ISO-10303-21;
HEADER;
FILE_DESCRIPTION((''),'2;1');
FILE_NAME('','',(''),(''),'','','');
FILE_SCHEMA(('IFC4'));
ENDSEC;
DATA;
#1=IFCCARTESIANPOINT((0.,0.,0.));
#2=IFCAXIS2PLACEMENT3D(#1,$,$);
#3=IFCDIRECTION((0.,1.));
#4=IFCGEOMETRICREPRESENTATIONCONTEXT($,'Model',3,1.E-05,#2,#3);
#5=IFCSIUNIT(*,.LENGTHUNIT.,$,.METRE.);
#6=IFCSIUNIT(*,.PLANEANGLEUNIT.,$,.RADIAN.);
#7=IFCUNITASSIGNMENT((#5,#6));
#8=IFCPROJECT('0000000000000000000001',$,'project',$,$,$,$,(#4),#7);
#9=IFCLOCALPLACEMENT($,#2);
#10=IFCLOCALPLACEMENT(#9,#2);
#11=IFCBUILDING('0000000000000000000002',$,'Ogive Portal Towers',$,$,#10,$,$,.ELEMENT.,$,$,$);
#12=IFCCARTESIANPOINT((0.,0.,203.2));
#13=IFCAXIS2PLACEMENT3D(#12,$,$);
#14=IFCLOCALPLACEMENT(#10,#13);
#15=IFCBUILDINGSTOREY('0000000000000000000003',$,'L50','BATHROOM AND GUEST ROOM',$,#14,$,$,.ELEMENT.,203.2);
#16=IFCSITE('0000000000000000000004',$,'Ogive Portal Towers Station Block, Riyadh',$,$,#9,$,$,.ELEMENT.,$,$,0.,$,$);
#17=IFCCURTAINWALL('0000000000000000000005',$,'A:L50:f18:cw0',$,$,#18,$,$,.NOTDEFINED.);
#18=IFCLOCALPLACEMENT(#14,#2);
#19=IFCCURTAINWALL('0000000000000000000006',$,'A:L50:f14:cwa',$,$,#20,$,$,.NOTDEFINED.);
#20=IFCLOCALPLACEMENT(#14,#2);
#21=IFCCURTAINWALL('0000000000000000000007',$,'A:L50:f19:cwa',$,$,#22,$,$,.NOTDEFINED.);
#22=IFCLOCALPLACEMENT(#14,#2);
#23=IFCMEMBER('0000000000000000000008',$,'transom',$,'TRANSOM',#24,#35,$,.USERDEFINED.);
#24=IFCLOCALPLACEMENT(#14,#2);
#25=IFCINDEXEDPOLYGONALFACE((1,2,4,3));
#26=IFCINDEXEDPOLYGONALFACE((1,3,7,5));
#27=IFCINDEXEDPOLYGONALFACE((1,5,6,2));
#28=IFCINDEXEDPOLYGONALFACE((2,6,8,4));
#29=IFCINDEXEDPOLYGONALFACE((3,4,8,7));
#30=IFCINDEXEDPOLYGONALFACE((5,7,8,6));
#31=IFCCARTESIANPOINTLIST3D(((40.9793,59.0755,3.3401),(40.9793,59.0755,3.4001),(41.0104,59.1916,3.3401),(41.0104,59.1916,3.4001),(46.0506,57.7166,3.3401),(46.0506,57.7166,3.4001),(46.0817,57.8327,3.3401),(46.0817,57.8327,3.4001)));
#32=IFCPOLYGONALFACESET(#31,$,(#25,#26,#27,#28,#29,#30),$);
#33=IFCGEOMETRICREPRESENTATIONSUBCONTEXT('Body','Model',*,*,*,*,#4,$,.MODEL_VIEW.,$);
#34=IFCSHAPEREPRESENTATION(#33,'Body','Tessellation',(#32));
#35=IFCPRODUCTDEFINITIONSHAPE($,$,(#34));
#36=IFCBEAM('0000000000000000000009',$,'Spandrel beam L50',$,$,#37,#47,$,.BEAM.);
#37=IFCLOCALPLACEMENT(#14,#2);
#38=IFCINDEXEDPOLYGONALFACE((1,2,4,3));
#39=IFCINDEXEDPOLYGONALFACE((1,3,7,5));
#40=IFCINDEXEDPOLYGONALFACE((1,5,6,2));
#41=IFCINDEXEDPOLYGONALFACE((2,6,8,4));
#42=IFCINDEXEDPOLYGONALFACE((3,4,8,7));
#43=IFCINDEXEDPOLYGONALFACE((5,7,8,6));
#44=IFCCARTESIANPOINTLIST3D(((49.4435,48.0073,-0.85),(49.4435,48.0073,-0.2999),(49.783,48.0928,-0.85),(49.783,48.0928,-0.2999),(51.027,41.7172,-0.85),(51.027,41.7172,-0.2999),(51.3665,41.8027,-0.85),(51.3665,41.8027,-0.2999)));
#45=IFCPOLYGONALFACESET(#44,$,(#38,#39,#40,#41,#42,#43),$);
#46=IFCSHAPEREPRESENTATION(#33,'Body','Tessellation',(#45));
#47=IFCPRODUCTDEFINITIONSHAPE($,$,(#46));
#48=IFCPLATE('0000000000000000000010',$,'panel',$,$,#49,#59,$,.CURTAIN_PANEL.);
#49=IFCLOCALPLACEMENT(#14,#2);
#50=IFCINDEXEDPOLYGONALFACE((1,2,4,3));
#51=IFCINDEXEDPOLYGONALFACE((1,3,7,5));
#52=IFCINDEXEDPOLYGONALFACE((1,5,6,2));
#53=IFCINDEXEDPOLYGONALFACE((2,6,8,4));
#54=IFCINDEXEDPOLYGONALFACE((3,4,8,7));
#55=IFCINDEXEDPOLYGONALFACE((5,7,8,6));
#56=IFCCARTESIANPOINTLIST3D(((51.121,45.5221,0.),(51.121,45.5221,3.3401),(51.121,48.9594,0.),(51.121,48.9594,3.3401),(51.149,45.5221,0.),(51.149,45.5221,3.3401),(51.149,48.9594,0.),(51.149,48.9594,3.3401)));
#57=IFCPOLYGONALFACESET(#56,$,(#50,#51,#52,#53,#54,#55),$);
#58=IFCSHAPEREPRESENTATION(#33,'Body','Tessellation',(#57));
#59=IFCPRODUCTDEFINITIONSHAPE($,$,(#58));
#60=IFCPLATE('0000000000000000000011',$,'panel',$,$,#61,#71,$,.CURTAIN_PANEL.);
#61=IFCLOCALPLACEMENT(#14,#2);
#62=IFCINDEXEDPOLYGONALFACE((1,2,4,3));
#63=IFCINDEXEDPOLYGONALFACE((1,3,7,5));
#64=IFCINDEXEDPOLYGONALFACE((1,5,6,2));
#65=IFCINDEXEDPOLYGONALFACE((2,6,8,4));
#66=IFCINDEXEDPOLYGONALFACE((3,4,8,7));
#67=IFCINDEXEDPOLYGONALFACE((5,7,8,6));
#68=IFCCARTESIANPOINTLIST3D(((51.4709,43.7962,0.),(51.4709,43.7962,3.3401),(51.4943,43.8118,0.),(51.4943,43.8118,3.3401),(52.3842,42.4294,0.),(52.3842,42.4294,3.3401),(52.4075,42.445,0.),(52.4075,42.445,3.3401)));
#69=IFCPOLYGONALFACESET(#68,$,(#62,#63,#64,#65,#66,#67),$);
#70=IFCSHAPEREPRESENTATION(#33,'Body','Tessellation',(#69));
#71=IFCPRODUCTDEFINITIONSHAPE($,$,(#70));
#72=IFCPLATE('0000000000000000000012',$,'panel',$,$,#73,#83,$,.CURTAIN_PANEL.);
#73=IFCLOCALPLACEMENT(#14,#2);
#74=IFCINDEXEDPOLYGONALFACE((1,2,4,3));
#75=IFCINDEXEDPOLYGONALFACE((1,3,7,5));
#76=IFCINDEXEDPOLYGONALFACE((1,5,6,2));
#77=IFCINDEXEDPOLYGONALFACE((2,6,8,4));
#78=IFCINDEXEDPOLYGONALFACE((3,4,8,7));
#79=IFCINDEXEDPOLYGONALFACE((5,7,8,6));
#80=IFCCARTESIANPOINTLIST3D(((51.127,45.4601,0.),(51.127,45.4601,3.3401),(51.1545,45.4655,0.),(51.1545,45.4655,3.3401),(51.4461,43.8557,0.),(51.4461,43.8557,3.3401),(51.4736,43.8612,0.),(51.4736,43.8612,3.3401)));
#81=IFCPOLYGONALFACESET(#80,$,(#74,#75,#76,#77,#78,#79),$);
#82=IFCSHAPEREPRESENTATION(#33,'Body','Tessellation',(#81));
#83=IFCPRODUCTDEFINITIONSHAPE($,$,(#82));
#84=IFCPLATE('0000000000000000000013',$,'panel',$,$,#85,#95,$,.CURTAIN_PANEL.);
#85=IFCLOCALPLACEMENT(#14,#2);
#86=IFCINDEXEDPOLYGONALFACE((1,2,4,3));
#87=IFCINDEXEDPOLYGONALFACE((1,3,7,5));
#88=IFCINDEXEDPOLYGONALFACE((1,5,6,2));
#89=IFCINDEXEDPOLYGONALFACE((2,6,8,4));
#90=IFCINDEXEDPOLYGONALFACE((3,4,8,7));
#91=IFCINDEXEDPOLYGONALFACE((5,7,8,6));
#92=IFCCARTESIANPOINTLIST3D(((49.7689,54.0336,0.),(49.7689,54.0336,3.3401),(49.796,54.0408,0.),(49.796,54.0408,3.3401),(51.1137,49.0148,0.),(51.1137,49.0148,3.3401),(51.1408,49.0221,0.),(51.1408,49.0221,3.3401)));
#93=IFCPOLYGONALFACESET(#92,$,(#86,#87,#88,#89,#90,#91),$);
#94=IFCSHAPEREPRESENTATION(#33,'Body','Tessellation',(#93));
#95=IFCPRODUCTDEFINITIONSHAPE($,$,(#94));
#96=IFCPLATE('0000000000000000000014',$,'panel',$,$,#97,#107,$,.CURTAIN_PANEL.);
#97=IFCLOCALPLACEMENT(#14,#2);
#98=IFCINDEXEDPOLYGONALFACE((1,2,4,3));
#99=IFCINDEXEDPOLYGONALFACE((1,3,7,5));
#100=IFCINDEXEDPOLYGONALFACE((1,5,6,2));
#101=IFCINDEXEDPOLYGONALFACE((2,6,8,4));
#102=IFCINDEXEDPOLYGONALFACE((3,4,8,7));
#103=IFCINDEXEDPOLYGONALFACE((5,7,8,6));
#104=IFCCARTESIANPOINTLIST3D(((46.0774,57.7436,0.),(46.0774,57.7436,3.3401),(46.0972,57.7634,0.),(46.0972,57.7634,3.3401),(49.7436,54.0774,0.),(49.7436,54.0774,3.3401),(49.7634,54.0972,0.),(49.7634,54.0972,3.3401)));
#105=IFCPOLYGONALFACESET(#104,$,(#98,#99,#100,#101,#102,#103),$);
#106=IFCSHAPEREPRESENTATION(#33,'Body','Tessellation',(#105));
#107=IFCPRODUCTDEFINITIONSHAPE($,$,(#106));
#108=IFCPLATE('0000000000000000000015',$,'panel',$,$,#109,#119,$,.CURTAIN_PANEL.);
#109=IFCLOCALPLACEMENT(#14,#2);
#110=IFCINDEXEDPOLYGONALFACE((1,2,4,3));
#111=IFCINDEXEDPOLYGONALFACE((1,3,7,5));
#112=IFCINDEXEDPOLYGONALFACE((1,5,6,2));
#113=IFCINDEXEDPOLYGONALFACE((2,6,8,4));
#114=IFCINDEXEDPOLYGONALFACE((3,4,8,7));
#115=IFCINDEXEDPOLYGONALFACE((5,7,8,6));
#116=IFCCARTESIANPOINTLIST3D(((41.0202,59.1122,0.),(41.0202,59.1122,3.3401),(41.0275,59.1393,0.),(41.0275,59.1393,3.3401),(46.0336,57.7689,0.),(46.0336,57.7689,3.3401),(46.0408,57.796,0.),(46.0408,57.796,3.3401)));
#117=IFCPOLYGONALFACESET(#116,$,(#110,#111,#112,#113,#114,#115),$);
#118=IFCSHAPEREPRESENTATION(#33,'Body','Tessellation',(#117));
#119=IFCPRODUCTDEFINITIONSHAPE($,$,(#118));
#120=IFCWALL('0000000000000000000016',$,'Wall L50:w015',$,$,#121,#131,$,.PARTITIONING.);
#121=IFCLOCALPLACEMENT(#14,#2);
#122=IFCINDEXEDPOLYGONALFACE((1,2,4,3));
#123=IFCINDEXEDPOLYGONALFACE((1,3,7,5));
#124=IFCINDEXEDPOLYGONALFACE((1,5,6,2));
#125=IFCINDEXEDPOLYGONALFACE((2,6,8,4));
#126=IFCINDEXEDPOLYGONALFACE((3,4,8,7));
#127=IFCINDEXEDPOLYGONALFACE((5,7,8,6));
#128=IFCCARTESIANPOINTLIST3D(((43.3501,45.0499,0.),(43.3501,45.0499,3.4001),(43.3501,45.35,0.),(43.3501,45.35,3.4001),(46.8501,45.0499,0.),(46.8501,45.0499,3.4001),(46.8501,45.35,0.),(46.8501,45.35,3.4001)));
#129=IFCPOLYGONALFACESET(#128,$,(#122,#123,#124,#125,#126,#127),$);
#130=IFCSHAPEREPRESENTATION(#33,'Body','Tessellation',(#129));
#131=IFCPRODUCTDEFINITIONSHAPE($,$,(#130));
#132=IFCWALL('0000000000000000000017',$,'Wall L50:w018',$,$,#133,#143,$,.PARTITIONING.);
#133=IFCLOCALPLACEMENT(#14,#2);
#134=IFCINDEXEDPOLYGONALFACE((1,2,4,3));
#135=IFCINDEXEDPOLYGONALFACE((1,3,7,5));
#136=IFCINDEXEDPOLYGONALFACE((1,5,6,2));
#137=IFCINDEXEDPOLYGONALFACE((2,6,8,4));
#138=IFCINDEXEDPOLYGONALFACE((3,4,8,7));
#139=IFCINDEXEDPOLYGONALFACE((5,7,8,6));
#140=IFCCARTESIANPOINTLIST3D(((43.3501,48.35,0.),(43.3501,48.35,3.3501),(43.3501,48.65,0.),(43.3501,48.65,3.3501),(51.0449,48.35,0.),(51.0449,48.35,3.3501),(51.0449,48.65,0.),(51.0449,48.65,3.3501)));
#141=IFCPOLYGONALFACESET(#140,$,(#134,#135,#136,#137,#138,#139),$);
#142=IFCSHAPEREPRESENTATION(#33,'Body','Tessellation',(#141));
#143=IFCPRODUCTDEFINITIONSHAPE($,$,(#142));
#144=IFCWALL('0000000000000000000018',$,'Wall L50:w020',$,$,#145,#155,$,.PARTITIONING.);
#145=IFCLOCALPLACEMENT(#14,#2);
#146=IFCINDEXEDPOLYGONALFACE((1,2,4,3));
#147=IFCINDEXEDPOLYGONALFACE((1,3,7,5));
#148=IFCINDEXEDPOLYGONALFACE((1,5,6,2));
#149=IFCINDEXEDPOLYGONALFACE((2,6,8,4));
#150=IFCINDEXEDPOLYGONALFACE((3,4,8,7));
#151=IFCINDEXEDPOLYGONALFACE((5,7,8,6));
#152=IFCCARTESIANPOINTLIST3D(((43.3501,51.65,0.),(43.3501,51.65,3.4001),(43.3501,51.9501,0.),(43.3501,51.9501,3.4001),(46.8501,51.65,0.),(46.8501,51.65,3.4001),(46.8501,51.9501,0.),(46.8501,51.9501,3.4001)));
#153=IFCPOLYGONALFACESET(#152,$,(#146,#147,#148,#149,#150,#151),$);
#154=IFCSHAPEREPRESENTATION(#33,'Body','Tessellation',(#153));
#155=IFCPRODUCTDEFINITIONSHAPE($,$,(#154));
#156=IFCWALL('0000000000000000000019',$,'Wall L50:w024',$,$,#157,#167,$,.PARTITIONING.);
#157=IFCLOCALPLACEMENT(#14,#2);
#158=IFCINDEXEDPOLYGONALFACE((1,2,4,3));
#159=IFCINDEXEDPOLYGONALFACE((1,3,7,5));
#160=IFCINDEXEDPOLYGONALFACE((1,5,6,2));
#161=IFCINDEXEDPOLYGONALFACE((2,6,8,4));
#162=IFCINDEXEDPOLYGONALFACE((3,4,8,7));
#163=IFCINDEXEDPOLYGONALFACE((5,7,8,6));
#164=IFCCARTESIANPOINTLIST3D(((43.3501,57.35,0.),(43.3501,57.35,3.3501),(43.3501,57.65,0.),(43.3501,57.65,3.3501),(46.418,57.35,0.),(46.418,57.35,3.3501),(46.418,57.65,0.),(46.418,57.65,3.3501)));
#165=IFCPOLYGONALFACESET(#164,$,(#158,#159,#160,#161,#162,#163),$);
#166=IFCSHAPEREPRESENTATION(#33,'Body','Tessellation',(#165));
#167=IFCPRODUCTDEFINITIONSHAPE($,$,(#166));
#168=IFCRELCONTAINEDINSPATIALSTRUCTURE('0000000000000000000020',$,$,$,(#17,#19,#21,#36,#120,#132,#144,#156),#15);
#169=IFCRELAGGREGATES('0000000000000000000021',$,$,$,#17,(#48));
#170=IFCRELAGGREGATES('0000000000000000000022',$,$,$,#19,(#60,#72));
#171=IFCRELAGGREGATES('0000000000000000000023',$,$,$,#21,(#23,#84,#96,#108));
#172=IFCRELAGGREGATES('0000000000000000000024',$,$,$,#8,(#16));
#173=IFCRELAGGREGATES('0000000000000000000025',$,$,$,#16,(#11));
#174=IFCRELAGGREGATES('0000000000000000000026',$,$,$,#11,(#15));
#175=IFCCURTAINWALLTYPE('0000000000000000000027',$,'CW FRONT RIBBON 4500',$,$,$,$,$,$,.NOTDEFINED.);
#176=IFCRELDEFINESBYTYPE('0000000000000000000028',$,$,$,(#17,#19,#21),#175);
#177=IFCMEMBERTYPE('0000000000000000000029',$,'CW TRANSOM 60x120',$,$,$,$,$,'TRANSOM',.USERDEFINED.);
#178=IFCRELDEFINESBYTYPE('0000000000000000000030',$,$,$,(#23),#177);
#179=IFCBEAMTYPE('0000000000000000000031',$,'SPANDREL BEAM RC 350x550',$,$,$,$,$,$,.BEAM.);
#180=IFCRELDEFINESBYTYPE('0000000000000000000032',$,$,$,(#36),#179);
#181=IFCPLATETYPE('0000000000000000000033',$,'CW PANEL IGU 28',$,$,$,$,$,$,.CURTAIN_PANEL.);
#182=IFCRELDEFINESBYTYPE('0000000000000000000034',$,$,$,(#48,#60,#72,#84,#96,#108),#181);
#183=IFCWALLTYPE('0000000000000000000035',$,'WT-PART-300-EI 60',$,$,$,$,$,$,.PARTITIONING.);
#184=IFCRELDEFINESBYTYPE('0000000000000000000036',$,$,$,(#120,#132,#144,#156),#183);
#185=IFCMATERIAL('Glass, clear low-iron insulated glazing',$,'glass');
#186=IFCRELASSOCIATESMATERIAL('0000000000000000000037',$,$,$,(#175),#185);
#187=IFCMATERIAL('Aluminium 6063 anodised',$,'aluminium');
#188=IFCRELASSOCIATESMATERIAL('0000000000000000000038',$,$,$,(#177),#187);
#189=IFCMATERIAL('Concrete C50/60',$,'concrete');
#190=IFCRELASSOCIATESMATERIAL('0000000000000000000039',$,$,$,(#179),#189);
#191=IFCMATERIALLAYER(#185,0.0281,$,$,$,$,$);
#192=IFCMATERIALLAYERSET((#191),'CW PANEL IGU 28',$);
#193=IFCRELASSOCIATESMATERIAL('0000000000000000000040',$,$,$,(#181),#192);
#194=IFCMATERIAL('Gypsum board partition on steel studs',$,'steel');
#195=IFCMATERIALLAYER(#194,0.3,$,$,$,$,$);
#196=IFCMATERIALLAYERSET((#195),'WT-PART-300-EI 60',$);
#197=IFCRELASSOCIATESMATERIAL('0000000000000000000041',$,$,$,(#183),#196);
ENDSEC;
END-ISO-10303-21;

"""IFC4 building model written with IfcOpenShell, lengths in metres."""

from ifc_helpers import new_model, si_unit, direction, frame, frame_2d, origin, origin_2d, place, context, subcontext, project, spatial, rectangle, extrude, material, layer, layer_set, material_profile, profile_set, type_object, element, aggregate, save


model = new_model("IFC4")

# Units and contexts
model_context = context("Model", 3, precision=1e-05, world=origin(), true_north=direction((0.0, 1.0)))
body_context = subcontext(model_context, "Body", "Model", "MODEL_VIEW")
ifc_project = project(units=[si_unit("LENGTHUNIT", "METRE"), si_unit("PLANEANGLEUNIT", "RADIAN")], contexts=[model_context])

# Site, building, storey
site_placement = place(None, origin())
site = spatial("IfcSite", under=ifc_project, at=site_placement, Name="Ogive Portal Towers Station Block, Riyadh", CompositionType="ELEMENT", RefElevation=0.0)
building_placement = place(site_placement, origin())
building = spatial("IfcBuilding", under=site, at=building_placement, Name="Ogive Portal Towers", CompositionType="ELEMENT")
storey_placement = place(building_placement, frame((0.0, 0.0, 203.2)))
storey = spatial("IfcBuildingStorey", under=building, at=storey_placement, Name="L50", Description="BATHROOM AND GUEST ROOM", CompositionType="ELEMENT", Elevation=203.2)

# Curtain walls
ifc_material_1 = material(Name="Glass, clear low-iron insulated glazing", Category="glass")
curtain_wall_type = type_object("IfcCurtainWallType", Name="CW FRONT RIBBON 4500", PredefinedType="NOTDEFINED", material=ifc_material_1)
curtain_wall_1_placement = place(storey_placement, origin())
curtain_wall_1 = element("IfcCurtainWall", 1, at=curtain_wall_1_placement, inside=storey, type_object=curtain_wall_type, Name="A:L50:f18:cw0", PredefinedType="NOTDEFINED")
ifc_material_2 = material(Name="Aluminium 6063 anodised", Category="aluminium")
curtain_wall_2_placement = place(storey_placement, origin())
curtain_wall_2 = element("IfcCurtainWall", 2, at=curtain_wall_2_placement, inside=storey, type_object=curtain_wall_type, Name="A:L50:f14:cwa", PredefinedType="NOTDEFINED")
curtain_wall_3_placement = place(storey_placement, origin())
curtain_wall_3 = element("IfcCurtainWall", 3, at=curtain_wall_3_placement, inside=storey, type_object=curtain_wall_type, Name="A:L50:f19:cwa", PredefinedType="NOTDEFINED")

# Member
ifc_material_profile_1 = material_profile(ifc_material_2, rectangle(XDim=0.1201, YDim=0.0601, at=origin_2d()), Name="AL 120x60")
ifc_profile_set_1 = profile_set([ifc_material_profile_1], Name="Aluminium 6063 anodised")
member_type_1 = type_object("IfcMemberType", Name="CW TRANSOM 60x120", ElementType="TRANSOM", PredefinedType="USERDEFINED", material=ifc_profile_set_1)
member_1_placement = place(storey_placement, frame((46.0662, 57.7747, 3.3701), z_axis=(-0.965924, 0.258826, 0.0), x_axis=(-0.258826, -0.965924, 0.0)))
member_1 = element("IfcMember", 4, at=member_1_placement, type_object=member_type_1, Name="transom", ObjectType="TRANSOM", PredefinedType="USERDEFINED", context=body_context, shape_type="SweptSolid", body=[
    extrude(rectangle(XDim=0.1201, YDim=0.0601, at=origin_2d()), origin(), (0.0, 0.0, 1.0), 5.2502),
])

# Beam
ifc_material_3 = material(Name="Concrete C50/60", Category="concrete")
ifc_material_profile_2 = material_profile(ifc_material_3, rectangle(XDim=0.3501, YDim=0.55, at=origin_2d()), Name="RC 350x550")
ifc_profile_set_2 = profile_set([ifc_material_profile_2], Name="Concrete C50/60")
beam_type = type_object("IfcBeamType", Name="SPANDREL BEAM RC 350x550", PredefinedType="BEAM", material=ifc_profile_set_2)
beam_placement = place(storey_placement, frame((49.6133, 48.05, -0.575), z_axis=(0.244129, -0.969743, 0.0), x_axis=(0.969743, 0.244129, 0.0)))
element("IfcBeam", 5, at=beam_placement, inside=storey, type_object=beam_type, Name="Spandrel beam L50", PredefinedType="BEAM", context=body_context, shape_type="SweptSolid", body=[
    extrude(rectangle(XDim=0.3501, YDim=0.55, at=origin_2d()), origin(), (0.0, 0.0, 1.0), 6.4863),
])

# Plates
ifc_layer_1 = layer(ifc_material_1, 0.0281)
ifc_layer_set_1 = layer_set([ifc_layer_1], Name="CW PANEL IGU 28")
plate_type = type_object("IfcPlateType", Name="CW PANEL IGU 28", PredefinedType="CURTAIN_PANEL", material=ifc_layer_set_1)
plate_1_placement = place(storey_placement, frame((51.135, 47.2407, 0.0), z_axis=(0.0, 0.0, 1.0), x_axis=(0.0, 1.0, 0.0)))
plate_1 = element("IfcPlate", 6, at=plate_1_placement, type_object=plate_type, Name="panel", PredefinedType="CURTAIN_PANEL", context=body_context, shape_type="SweptSolid", body=[
    extrude(rectangle(XDim=3.4373, YDim=0.0281, at=origin_2d()), origin(), (0.0, 0.0, 1.0), 3.3401),
])
aggregate(curtain_wall_1, [plate_1])
plate_2_placement = place(storey_placement, frame((51.9392, 43.1206, 0.0), z_axis=(0.0, 0.0, 1.0), x_axis=(-0.55557, 0.83147, 0.0)))
plate_2 = element("IfcPlate", 7, at=plate_2_placement, type_object=plate_type, Name="panel", PredefinedType="CURTAIN_PANEL", context=body_context, shape_type="SweptSolid", body=[
    extrude(rectangle(XDim=1.6438, YDim=0.0281, at=origin_2d()), origin(), (0.0, 0.0, 1.0), 3.3401),
])
plate_3_placement = place(storey_placement, frame((51.3003, 44.6606, 0.0), z_axis=(0.0, 0.0, 1.0), x_axis=(-0.19509, 0.980785, 0.0)))
plate_3 = element("IfcPlate", 8, at=plate_3_placement, type_object=plate_type, Name="panel", PredefinedType="CURTAIN_PANEL", context=body_context, shape_type="SweptSolid", body=[
    extrude(rectangle(XDim=1.6357, YDim=0.0281, at=origin_2d()), origin(), (0.0, 0.0, 1.0), 3.3401),
])
aggregate(curtain_wall_2, [plate_2, plate_3])
plate_4_placement = place(storey_placement, frame((50.4548, 51.5278, 0.0), z_axis=(0.0, 0.0, 1.0), x_axis=(-0.258819, 0.965926, 0.0)))
plate_4 = element("IfcPlate", 9, at=plate_4_placement, type_object=plate_type, Name="panel", PredefinedType="CURTAIN_PANEL", context=body_context, shape_type="SweptSolid", body=[
    extrude(rectangle(XDim=5.1958, YDim=0.0281, at=origin_2d()), origin(), (0.0, 0.0, 1.0), 3.3401),
])
plate_5_placement = place(storey_placement, frame((47.9204, 55.9204, 0.0), z_axis=(0.0, 0.0, 1.0), x_axis=(-0.707107, 0.707107, 0.0)))
plate_5 = element("IfcPlate", 10, at=plate_5_placement, type_object=plate_type, Name="panel", PredefinedType="CURTAIN_PANEL", context=body_context, shape_type="SweptSolid", body=[
    extrude(rectangle(XDim=5.1848, YDim=0.0281, at=origin_2d()), origin(), (0.0, 0.0, 1.0), 3.3401),
])
plate_6_placement = place(storey_placement, frame((43.5305, 58.4541, 0.0), z_axis=(0.0, 0.0, 1.0), x_axis=(-0.965926, 0.258819, 0.0)))
plate_6 = element("IfcPlate", 11, at=plate_6_placement, type_object=plate_type, Name="panel", PredefinedType="CURTAIN_PANEL", context=body_context, shape_type="SweptSolid", body=[
    extrude(rectangle(XDim=5.1902, YDim=0.0281, at=origin_2d()), origin(), (0.0, 0.0, 1.0), 3.3401),
])
aggregate(curtain_wall_3, [member_1, plate_4, plate_5, plate_6])

# Walls
ifc_material_4 = material(Name="Gypsum board partition on steel studs", Category="steel")
ifc_layer_2 = layer(ifc_material_4, 0.3)
ifc_layer_set_2 = layer_set([ifc_layer_2], Name="WT-PART-300-EI 60")
wall_type = type_object("IfcWallType", Name="WT-PART-300-EI 60", PredefinedType="PARTITIONING", material=ifc_layer_set_2)
wall_1_placement = place(storey_placement, frame((43.3501, 45.2, 0.0), z_axis=(0.0, 0.0, 1.0), x_axis=(1.0, 0.0, 0.0)))
element("IfcWall", 12, at=wall_1_placement, inside=storey, type_object=wall_type, Name="Wall L50:w015", PredefinedType="PARTITIONING", context=body_context, shape_type="SweptSolid", body=[
    extrude(rectangle(XDim=3.5, YDim=0.3, at=frame_2d((1.75, 0.0))), origin(), (0.0, 0.0, 1.0), 3.4001),
])
wall_2_placement = place(storey_placement, frame((43.3501, 48.5, 0.0), z_axis=(0.0, 0.0, 1.0), x_axis=(1.0, 0.0, 0.0)))
element("IfcWall", 13, at=wall_2_placement, inside=storey, type_object=wall_type, Name="Wall L50:w018", PredefinedType="PARTITIONING", context=body_context, shape_type="SweptSolid", body=[
    extrude(rectangle(XDim=7.6948, YDim=0.3, at=frame_2d((3.8474, 0.0))), origin(), (0.0, 0.0, 1.0), 3.3501),
])
wall_3_placement = place(storey_placement, frame((43.3501, 51.8, 0.0), z_axis=(0.0, 0.0, 1.0), x_axis=(1.0, 0.0, 0.0)))
element("IfcWall", 14, at=wall_3_placement, inside=storey, type_object=wall_type, Name="Wall L50:w020", PredefinedType="PARTITIONING", context=body_context, shape_type="SweptSolid", body=[
    extrude(rectangle(XDim=3.5, YDim=0.3, at=frame_2d((1.75, 0.0))), origin(), (0.0, 0.0, 1.0), 3.4001),
])
wall_4_placement = place(storey_placement, frame((43.3501, 57.5, 0.0), z_axis=(0.0, 0.0, 1.0), x_axis=(1.0, 0.0, 0.0)))
element("IfcWall", 15, at=wall_4_placement, inside=storey, type_object=wall_type, Name="Wall L50:w024", PredefinedType="PARTITIONING", context=body_context, shape_type="SweptSolid", body=[
    extrude(rectangle(XDim=3.0679, YDim=0.3, at=frame_2d((1.5339, 0.0))), origin(), (0.0, 0.0, 1.0), 3.3501),
])

save(model, "model.ifc")
